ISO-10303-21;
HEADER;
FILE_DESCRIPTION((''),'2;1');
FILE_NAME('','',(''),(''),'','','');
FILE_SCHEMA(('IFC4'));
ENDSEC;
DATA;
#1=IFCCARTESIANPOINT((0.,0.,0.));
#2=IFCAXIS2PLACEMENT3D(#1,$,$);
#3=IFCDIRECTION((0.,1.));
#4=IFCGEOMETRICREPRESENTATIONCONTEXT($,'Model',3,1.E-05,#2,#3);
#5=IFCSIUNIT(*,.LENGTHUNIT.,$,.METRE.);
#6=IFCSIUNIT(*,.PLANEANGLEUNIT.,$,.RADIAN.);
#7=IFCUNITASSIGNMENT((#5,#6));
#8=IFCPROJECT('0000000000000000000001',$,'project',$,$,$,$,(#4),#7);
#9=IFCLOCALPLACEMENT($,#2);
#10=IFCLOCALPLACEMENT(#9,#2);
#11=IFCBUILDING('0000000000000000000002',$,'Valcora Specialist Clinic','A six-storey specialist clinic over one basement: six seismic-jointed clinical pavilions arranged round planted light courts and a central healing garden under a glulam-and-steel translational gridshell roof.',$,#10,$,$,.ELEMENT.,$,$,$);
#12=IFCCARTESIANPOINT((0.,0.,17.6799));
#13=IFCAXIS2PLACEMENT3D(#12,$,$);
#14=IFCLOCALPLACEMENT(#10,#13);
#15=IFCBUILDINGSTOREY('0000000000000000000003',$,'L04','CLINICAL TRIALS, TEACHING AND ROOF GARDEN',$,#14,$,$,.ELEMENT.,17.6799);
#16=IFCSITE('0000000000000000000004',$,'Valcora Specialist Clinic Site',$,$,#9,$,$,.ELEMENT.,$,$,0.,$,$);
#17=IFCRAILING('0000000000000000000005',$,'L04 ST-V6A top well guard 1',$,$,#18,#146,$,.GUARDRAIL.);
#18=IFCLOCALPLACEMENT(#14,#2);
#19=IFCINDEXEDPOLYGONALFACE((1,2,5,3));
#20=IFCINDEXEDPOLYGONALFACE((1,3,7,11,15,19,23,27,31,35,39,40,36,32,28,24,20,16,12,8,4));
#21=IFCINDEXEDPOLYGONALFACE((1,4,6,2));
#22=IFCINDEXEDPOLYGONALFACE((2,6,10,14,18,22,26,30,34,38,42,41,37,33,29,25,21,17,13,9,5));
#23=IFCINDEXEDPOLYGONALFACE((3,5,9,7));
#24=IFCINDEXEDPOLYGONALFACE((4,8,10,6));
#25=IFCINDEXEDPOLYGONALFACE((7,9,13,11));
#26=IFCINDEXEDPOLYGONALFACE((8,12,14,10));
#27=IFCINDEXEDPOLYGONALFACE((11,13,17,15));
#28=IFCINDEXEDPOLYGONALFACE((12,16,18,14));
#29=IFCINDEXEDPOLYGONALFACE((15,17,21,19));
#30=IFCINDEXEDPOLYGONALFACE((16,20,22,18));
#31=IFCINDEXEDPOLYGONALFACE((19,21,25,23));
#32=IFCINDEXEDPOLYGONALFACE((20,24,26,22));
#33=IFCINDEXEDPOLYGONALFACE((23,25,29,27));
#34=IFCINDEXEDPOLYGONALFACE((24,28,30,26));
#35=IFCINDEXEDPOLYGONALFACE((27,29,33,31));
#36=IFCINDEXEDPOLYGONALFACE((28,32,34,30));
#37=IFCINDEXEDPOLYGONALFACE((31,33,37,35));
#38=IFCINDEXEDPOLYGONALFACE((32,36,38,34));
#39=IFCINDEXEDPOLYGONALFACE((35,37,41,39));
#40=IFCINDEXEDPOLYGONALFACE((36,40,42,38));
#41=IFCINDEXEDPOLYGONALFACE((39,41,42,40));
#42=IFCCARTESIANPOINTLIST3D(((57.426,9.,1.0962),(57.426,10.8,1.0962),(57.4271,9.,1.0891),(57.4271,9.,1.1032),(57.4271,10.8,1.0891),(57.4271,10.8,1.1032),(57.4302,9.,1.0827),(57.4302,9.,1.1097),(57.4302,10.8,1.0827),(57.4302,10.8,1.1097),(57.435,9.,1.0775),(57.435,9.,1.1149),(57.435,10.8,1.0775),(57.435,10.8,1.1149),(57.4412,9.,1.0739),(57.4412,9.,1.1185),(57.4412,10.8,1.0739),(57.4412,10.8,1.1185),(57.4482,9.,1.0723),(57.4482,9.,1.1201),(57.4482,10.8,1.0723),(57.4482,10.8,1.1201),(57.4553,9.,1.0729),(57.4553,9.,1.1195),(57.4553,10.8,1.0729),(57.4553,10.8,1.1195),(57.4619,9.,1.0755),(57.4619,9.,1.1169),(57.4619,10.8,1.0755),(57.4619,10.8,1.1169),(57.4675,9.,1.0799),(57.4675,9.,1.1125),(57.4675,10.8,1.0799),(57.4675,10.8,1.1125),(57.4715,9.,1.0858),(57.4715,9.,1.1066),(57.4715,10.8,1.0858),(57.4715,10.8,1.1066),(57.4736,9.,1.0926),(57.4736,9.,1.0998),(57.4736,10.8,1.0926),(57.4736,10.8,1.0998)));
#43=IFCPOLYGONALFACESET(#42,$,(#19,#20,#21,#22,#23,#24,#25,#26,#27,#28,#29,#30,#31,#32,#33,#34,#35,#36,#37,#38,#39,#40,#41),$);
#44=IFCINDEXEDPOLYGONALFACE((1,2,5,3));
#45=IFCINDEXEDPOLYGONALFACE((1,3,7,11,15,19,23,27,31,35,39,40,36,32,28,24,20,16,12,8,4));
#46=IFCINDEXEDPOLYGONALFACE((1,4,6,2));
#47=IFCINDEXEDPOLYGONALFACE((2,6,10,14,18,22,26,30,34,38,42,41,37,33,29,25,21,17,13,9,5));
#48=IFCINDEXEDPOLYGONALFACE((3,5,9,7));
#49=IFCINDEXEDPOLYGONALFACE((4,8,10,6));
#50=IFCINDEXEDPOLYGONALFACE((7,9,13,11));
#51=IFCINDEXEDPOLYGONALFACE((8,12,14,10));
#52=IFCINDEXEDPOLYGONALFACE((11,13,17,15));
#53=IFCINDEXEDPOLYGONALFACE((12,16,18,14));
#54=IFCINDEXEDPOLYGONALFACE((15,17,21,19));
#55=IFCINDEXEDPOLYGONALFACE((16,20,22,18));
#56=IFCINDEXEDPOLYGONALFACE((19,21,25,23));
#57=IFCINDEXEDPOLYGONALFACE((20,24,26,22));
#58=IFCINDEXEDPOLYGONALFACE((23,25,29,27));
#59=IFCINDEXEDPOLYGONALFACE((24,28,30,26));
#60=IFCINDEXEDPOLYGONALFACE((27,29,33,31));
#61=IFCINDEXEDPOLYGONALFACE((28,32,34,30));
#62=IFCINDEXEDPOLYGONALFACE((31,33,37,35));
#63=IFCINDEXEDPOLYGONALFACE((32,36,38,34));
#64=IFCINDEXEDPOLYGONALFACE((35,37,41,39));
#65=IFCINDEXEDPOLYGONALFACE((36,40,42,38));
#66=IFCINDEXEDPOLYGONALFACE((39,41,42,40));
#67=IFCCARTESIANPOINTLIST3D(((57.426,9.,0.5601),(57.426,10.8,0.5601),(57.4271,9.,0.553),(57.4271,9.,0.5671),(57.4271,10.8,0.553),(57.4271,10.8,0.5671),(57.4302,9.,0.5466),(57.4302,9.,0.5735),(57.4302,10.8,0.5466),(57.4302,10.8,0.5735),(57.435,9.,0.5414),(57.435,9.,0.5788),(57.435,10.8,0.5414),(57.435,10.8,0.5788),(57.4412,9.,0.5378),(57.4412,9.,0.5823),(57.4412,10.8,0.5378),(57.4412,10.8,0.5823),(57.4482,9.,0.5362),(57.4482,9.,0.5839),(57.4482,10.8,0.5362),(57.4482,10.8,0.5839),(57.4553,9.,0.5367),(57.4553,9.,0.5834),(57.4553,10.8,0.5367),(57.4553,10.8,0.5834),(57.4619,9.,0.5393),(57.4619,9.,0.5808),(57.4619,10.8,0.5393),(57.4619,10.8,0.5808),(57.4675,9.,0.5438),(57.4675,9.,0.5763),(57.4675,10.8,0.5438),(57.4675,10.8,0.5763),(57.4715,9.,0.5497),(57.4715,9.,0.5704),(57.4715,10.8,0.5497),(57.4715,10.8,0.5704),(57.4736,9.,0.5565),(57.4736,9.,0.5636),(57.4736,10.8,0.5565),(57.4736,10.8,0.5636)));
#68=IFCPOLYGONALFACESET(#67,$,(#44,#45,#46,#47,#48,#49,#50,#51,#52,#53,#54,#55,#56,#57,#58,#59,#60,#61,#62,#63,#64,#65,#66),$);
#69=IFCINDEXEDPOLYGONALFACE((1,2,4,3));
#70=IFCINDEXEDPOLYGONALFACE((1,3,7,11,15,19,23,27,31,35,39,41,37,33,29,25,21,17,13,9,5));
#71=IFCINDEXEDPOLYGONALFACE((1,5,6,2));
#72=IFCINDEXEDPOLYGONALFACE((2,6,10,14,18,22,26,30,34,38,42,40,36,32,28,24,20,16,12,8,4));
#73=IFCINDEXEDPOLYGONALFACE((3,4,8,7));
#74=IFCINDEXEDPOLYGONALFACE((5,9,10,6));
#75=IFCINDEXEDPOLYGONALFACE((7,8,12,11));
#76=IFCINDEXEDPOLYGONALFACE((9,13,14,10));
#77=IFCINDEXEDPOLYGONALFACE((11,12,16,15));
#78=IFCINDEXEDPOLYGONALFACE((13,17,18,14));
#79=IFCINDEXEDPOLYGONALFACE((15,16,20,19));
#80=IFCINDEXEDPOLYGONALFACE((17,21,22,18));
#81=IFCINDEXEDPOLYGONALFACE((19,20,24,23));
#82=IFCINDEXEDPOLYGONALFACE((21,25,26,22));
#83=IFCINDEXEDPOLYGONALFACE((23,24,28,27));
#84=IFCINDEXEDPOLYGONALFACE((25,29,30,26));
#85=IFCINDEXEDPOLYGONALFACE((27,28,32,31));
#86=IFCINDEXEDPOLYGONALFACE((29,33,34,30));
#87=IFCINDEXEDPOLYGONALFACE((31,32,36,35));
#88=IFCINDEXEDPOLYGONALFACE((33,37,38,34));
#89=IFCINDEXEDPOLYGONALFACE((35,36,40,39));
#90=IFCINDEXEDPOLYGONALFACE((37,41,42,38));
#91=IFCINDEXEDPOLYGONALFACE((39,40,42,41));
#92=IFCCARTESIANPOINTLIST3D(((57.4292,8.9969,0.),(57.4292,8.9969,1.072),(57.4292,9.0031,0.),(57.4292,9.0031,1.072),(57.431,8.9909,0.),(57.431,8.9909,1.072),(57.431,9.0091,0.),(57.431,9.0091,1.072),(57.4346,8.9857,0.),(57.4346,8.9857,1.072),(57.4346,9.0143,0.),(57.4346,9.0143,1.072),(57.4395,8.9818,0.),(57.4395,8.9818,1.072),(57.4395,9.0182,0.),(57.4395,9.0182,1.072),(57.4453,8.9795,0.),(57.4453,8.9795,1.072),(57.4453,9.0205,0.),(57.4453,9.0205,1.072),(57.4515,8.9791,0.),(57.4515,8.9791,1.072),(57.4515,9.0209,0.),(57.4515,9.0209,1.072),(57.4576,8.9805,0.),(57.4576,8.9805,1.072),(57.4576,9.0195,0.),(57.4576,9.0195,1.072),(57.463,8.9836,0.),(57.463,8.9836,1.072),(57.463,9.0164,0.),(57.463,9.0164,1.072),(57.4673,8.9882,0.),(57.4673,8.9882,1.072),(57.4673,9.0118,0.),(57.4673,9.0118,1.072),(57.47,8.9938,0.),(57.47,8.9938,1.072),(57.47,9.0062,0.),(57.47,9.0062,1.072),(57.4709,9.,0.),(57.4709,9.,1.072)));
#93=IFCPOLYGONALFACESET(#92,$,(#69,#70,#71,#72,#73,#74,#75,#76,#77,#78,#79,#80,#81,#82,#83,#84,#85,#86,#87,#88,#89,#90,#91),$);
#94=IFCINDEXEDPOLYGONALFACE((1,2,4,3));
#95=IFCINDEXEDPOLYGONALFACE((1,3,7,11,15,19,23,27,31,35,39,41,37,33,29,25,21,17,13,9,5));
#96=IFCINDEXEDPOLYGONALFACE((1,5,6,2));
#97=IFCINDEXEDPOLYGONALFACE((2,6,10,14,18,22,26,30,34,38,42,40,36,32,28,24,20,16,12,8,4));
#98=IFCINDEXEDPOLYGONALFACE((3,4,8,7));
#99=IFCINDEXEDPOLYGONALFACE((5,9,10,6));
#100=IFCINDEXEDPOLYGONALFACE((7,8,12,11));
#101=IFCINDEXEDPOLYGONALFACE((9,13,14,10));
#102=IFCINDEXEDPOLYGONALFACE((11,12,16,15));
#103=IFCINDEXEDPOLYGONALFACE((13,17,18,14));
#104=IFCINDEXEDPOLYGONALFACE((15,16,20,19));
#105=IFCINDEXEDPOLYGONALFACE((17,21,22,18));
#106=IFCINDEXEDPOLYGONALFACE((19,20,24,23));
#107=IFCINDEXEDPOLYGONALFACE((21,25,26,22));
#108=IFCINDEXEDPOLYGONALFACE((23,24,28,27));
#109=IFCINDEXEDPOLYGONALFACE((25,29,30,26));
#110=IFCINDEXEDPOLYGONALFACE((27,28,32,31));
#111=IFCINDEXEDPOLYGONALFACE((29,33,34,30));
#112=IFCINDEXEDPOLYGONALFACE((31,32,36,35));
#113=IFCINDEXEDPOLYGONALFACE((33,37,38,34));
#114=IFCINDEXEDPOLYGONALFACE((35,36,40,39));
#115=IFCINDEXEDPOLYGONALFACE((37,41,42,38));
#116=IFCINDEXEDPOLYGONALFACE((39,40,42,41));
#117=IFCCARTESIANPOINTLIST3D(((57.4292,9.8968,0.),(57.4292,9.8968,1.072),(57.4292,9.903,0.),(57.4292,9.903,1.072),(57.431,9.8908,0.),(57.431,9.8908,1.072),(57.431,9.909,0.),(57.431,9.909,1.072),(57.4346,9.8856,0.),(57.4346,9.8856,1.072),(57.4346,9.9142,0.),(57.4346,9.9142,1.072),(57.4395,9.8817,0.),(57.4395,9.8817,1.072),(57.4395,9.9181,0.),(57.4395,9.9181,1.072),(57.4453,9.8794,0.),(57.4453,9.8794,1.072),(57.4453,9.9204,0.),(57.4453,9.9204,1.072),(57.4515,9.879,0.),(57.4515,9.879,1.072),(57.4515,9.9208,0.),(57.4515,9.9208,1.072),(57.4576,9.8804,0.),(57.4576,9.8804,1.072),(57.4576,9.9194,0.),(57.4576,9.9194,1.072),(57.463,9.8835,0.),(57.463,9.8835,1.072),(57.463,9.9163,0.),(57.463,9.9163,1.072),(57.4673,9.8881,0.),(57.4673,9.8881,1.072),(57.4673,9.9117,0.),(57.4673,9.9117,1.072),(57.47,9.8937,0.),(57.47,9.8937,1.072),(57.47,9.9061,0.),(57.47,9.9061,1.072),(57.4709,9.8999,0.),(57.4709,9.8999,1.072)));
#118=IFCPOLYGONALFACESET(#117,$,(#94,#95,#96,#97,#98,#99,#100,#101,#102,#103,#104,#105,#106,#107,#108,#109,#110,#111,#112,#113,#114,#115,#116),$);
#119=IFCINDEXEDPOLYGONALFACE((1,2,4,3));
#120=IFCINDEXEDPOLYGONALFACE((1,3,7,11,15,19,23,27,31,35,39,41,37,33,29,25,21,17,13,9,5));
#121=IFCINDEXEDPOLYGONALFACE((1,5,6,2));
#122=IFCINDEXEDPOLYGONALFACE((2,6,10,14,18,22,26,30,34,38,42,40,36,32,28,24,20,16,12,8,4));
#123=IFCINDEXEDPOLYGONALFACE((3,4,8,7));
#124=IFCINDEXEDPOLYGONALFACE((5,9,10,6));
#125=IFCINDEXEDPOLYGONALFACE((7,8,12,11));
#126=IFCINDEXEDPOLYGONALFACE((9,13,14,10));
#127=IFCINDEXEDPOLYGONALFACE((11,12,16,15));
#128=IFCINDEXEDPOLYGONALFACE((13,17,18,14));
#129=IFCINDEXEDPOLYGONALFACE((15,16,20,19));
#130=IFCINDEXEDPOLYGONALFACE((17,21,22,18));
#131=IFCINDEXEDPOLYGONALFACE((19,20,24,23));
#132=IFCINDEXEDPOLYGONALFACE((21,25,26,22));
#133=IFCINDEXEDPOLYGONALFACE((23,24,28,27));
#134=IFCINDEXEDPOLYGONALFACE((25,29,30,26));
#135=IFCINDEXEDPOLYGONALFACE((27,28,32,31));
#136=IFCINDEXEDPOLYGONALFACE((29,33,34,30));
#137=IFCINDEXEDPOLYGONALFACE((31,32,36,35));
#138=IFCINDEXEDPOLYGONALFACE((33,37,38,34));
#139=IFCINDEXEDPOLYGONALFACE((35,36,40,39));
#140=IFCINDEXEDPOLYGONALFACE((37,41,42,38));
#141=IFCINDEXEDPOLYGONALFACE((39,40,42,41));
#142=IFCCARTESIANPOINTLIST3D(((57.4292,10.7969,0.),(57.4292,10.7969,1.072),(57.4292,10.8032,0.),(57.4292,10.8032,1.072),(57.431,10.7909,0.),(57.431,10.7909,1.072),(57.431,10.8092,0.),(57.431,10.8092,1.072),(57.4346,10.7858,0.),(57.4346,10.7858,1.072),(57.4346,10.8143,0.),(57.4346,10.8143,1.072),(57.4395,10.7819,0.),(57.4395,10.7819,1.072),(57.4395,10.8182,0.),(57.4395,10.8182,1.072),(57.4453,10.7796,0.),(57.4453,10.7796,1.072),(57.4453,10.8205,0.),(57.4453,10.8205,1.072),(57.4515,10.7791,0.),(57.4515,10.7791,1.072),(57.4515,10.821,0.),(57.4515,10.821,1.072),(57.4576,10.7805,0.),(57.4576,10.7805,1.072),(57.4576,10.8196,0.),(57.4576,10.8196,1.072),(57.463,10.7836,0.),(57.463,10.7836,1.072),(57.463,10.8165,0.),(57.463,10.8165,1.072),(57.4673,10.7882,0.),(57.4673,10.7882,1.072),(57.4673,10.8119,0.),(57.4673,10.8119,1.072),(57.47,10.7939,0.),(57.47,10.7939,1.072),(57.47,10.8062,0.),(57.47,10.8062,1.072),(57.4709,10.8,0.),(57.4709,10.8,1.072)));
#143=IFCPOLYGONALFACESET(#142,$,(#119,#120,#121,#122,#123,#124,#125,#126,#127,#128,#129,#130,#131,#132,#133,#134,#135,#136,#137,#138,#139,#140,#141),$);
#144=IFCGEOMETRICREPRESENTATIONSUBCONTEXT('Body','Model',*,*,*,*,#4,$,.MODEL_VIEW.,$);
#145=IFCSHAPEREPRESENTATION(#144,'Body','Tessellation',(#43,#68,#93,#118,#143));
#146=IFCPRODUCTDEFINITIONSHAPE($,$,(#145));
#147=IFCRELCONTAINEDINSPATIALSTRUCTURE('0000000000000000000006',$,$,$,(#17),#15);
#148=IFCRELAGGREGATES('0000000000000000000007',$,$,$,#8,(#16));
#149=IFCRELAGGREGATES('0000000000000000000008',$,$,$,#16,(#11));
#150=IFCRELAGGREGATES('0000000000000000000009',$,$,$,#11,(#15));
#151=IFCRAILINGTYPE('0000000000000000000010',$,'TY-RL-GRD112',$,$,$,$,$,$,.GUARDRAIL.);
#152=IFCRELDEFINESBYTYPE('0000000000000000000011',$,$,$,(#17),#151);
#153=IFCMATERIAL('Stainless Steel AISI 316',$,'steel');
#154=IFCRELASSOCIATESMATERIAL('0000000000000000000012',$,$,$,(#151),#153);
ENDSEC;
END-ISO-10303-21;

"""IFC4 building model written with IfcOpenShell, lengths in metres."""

from ifc_helpers import new_model, si_unit, direction, frame, origin, origin_2d, place, context, subcontext, project, spatial, circle, extrude, material, type_object, element, save


model = new_model("IFC4")

# Units and contexts
model_context = context("Model", 3, precision=1e-05, world=origin(), true_north=direction((0.0, 1.0)))
body_context = subcontext(model_context, "Body", "Model", "MODEL_VIEW")
ifc_project = project(units=[si_unit("LENGTHUNIT", "METRE"), si_unit("PLANEANGLEUNIT", "RADIAN")], contexts=[model_context])

# Site, building, storey
site_placement = place(None, origin())
site = spatial("IfcSite", under=ifc_project, at=site_placement, Name="Valcora Specialist Clinic Site", CompositionType="ELEMENT", RefElevation=0.0)
building_placement = place(site_placement, origin())
building = spatial("IfcBuilding", under=site, at=building_placement, Name="Valcora Specialist Clinic", Description="A six-storey specialist clinic over one basement: six seismic-jointed clinical pavilions arranged round planted light courts and a central healing garden under a glulam-and-steel translational gridshell roof.", CompositionType="ELEMENT")
storey_placement = place(building_placement, frame((0.0, 0.0, 17.6799)))
storey = spatial("IfcBuildingStorey", under=building, at=storey_placement, Name="L04", Description="CLINICAL TRIALS, TEACHING AND ROOF GARDEN", CompositionType="ELEMENT", Elevation=17.6799)

# Railing
ifc_material_1 = material(Name="Stainless Steel AISI 316", Category="steel")
railing_type_1 = type_object("IfcRailingType", Name="TY-RL-GRD112", PredefinedType="GUARDRAIL", material=ifc_material_1)
railing_1_placement = place(storey_placement, frame((57.45, 9.0, 0.0)))
element("IfcRailing", 1, at=railing_1_placement, inside=storey, type_object=railing_type_1, Name="L04 ST-V6A top well guard 1", PredefinedType="GUARDRAIL", context=body_context, shape_type="SweptSolid", body=[
    extrude(circle(Radius=0.0239, at=origin_2d()), frame((0.0, 0.0, 1.0962), z_axis=(0.0, 1.0, 0.0), x_axis=(-1.0, 0.0, 0.0)), (0.0, 0.0, 1.0), 1.8),
    extrude(circle(Radius=0.0239, at=origin_2d()), frame((0.0, 0.0, 0.5601), z_axis=(0.0, 1.0, 0.0), x_axis=(-1.0, 0.0, 0.0)), (0.0, 0.0, 1.0), 1.8),
    extrude(circle(Radius=0.021, at=origin_2d()), origin(), (0.0, 0.0, 1.0), 1.072),
    extrude(circle(Radius=0.021, at=origin_2d()), frame((0.0, 0.8999, 0.0)), (0.0, 0.0, 1.0), 1.072),
    extrude(circle(Radius=0.021, at=origin_2d()), frame((0.0, 1.8, 0.0)), (0.0, 0.0, 1.0), 1.072),
])

save(model, "model.ifc")
